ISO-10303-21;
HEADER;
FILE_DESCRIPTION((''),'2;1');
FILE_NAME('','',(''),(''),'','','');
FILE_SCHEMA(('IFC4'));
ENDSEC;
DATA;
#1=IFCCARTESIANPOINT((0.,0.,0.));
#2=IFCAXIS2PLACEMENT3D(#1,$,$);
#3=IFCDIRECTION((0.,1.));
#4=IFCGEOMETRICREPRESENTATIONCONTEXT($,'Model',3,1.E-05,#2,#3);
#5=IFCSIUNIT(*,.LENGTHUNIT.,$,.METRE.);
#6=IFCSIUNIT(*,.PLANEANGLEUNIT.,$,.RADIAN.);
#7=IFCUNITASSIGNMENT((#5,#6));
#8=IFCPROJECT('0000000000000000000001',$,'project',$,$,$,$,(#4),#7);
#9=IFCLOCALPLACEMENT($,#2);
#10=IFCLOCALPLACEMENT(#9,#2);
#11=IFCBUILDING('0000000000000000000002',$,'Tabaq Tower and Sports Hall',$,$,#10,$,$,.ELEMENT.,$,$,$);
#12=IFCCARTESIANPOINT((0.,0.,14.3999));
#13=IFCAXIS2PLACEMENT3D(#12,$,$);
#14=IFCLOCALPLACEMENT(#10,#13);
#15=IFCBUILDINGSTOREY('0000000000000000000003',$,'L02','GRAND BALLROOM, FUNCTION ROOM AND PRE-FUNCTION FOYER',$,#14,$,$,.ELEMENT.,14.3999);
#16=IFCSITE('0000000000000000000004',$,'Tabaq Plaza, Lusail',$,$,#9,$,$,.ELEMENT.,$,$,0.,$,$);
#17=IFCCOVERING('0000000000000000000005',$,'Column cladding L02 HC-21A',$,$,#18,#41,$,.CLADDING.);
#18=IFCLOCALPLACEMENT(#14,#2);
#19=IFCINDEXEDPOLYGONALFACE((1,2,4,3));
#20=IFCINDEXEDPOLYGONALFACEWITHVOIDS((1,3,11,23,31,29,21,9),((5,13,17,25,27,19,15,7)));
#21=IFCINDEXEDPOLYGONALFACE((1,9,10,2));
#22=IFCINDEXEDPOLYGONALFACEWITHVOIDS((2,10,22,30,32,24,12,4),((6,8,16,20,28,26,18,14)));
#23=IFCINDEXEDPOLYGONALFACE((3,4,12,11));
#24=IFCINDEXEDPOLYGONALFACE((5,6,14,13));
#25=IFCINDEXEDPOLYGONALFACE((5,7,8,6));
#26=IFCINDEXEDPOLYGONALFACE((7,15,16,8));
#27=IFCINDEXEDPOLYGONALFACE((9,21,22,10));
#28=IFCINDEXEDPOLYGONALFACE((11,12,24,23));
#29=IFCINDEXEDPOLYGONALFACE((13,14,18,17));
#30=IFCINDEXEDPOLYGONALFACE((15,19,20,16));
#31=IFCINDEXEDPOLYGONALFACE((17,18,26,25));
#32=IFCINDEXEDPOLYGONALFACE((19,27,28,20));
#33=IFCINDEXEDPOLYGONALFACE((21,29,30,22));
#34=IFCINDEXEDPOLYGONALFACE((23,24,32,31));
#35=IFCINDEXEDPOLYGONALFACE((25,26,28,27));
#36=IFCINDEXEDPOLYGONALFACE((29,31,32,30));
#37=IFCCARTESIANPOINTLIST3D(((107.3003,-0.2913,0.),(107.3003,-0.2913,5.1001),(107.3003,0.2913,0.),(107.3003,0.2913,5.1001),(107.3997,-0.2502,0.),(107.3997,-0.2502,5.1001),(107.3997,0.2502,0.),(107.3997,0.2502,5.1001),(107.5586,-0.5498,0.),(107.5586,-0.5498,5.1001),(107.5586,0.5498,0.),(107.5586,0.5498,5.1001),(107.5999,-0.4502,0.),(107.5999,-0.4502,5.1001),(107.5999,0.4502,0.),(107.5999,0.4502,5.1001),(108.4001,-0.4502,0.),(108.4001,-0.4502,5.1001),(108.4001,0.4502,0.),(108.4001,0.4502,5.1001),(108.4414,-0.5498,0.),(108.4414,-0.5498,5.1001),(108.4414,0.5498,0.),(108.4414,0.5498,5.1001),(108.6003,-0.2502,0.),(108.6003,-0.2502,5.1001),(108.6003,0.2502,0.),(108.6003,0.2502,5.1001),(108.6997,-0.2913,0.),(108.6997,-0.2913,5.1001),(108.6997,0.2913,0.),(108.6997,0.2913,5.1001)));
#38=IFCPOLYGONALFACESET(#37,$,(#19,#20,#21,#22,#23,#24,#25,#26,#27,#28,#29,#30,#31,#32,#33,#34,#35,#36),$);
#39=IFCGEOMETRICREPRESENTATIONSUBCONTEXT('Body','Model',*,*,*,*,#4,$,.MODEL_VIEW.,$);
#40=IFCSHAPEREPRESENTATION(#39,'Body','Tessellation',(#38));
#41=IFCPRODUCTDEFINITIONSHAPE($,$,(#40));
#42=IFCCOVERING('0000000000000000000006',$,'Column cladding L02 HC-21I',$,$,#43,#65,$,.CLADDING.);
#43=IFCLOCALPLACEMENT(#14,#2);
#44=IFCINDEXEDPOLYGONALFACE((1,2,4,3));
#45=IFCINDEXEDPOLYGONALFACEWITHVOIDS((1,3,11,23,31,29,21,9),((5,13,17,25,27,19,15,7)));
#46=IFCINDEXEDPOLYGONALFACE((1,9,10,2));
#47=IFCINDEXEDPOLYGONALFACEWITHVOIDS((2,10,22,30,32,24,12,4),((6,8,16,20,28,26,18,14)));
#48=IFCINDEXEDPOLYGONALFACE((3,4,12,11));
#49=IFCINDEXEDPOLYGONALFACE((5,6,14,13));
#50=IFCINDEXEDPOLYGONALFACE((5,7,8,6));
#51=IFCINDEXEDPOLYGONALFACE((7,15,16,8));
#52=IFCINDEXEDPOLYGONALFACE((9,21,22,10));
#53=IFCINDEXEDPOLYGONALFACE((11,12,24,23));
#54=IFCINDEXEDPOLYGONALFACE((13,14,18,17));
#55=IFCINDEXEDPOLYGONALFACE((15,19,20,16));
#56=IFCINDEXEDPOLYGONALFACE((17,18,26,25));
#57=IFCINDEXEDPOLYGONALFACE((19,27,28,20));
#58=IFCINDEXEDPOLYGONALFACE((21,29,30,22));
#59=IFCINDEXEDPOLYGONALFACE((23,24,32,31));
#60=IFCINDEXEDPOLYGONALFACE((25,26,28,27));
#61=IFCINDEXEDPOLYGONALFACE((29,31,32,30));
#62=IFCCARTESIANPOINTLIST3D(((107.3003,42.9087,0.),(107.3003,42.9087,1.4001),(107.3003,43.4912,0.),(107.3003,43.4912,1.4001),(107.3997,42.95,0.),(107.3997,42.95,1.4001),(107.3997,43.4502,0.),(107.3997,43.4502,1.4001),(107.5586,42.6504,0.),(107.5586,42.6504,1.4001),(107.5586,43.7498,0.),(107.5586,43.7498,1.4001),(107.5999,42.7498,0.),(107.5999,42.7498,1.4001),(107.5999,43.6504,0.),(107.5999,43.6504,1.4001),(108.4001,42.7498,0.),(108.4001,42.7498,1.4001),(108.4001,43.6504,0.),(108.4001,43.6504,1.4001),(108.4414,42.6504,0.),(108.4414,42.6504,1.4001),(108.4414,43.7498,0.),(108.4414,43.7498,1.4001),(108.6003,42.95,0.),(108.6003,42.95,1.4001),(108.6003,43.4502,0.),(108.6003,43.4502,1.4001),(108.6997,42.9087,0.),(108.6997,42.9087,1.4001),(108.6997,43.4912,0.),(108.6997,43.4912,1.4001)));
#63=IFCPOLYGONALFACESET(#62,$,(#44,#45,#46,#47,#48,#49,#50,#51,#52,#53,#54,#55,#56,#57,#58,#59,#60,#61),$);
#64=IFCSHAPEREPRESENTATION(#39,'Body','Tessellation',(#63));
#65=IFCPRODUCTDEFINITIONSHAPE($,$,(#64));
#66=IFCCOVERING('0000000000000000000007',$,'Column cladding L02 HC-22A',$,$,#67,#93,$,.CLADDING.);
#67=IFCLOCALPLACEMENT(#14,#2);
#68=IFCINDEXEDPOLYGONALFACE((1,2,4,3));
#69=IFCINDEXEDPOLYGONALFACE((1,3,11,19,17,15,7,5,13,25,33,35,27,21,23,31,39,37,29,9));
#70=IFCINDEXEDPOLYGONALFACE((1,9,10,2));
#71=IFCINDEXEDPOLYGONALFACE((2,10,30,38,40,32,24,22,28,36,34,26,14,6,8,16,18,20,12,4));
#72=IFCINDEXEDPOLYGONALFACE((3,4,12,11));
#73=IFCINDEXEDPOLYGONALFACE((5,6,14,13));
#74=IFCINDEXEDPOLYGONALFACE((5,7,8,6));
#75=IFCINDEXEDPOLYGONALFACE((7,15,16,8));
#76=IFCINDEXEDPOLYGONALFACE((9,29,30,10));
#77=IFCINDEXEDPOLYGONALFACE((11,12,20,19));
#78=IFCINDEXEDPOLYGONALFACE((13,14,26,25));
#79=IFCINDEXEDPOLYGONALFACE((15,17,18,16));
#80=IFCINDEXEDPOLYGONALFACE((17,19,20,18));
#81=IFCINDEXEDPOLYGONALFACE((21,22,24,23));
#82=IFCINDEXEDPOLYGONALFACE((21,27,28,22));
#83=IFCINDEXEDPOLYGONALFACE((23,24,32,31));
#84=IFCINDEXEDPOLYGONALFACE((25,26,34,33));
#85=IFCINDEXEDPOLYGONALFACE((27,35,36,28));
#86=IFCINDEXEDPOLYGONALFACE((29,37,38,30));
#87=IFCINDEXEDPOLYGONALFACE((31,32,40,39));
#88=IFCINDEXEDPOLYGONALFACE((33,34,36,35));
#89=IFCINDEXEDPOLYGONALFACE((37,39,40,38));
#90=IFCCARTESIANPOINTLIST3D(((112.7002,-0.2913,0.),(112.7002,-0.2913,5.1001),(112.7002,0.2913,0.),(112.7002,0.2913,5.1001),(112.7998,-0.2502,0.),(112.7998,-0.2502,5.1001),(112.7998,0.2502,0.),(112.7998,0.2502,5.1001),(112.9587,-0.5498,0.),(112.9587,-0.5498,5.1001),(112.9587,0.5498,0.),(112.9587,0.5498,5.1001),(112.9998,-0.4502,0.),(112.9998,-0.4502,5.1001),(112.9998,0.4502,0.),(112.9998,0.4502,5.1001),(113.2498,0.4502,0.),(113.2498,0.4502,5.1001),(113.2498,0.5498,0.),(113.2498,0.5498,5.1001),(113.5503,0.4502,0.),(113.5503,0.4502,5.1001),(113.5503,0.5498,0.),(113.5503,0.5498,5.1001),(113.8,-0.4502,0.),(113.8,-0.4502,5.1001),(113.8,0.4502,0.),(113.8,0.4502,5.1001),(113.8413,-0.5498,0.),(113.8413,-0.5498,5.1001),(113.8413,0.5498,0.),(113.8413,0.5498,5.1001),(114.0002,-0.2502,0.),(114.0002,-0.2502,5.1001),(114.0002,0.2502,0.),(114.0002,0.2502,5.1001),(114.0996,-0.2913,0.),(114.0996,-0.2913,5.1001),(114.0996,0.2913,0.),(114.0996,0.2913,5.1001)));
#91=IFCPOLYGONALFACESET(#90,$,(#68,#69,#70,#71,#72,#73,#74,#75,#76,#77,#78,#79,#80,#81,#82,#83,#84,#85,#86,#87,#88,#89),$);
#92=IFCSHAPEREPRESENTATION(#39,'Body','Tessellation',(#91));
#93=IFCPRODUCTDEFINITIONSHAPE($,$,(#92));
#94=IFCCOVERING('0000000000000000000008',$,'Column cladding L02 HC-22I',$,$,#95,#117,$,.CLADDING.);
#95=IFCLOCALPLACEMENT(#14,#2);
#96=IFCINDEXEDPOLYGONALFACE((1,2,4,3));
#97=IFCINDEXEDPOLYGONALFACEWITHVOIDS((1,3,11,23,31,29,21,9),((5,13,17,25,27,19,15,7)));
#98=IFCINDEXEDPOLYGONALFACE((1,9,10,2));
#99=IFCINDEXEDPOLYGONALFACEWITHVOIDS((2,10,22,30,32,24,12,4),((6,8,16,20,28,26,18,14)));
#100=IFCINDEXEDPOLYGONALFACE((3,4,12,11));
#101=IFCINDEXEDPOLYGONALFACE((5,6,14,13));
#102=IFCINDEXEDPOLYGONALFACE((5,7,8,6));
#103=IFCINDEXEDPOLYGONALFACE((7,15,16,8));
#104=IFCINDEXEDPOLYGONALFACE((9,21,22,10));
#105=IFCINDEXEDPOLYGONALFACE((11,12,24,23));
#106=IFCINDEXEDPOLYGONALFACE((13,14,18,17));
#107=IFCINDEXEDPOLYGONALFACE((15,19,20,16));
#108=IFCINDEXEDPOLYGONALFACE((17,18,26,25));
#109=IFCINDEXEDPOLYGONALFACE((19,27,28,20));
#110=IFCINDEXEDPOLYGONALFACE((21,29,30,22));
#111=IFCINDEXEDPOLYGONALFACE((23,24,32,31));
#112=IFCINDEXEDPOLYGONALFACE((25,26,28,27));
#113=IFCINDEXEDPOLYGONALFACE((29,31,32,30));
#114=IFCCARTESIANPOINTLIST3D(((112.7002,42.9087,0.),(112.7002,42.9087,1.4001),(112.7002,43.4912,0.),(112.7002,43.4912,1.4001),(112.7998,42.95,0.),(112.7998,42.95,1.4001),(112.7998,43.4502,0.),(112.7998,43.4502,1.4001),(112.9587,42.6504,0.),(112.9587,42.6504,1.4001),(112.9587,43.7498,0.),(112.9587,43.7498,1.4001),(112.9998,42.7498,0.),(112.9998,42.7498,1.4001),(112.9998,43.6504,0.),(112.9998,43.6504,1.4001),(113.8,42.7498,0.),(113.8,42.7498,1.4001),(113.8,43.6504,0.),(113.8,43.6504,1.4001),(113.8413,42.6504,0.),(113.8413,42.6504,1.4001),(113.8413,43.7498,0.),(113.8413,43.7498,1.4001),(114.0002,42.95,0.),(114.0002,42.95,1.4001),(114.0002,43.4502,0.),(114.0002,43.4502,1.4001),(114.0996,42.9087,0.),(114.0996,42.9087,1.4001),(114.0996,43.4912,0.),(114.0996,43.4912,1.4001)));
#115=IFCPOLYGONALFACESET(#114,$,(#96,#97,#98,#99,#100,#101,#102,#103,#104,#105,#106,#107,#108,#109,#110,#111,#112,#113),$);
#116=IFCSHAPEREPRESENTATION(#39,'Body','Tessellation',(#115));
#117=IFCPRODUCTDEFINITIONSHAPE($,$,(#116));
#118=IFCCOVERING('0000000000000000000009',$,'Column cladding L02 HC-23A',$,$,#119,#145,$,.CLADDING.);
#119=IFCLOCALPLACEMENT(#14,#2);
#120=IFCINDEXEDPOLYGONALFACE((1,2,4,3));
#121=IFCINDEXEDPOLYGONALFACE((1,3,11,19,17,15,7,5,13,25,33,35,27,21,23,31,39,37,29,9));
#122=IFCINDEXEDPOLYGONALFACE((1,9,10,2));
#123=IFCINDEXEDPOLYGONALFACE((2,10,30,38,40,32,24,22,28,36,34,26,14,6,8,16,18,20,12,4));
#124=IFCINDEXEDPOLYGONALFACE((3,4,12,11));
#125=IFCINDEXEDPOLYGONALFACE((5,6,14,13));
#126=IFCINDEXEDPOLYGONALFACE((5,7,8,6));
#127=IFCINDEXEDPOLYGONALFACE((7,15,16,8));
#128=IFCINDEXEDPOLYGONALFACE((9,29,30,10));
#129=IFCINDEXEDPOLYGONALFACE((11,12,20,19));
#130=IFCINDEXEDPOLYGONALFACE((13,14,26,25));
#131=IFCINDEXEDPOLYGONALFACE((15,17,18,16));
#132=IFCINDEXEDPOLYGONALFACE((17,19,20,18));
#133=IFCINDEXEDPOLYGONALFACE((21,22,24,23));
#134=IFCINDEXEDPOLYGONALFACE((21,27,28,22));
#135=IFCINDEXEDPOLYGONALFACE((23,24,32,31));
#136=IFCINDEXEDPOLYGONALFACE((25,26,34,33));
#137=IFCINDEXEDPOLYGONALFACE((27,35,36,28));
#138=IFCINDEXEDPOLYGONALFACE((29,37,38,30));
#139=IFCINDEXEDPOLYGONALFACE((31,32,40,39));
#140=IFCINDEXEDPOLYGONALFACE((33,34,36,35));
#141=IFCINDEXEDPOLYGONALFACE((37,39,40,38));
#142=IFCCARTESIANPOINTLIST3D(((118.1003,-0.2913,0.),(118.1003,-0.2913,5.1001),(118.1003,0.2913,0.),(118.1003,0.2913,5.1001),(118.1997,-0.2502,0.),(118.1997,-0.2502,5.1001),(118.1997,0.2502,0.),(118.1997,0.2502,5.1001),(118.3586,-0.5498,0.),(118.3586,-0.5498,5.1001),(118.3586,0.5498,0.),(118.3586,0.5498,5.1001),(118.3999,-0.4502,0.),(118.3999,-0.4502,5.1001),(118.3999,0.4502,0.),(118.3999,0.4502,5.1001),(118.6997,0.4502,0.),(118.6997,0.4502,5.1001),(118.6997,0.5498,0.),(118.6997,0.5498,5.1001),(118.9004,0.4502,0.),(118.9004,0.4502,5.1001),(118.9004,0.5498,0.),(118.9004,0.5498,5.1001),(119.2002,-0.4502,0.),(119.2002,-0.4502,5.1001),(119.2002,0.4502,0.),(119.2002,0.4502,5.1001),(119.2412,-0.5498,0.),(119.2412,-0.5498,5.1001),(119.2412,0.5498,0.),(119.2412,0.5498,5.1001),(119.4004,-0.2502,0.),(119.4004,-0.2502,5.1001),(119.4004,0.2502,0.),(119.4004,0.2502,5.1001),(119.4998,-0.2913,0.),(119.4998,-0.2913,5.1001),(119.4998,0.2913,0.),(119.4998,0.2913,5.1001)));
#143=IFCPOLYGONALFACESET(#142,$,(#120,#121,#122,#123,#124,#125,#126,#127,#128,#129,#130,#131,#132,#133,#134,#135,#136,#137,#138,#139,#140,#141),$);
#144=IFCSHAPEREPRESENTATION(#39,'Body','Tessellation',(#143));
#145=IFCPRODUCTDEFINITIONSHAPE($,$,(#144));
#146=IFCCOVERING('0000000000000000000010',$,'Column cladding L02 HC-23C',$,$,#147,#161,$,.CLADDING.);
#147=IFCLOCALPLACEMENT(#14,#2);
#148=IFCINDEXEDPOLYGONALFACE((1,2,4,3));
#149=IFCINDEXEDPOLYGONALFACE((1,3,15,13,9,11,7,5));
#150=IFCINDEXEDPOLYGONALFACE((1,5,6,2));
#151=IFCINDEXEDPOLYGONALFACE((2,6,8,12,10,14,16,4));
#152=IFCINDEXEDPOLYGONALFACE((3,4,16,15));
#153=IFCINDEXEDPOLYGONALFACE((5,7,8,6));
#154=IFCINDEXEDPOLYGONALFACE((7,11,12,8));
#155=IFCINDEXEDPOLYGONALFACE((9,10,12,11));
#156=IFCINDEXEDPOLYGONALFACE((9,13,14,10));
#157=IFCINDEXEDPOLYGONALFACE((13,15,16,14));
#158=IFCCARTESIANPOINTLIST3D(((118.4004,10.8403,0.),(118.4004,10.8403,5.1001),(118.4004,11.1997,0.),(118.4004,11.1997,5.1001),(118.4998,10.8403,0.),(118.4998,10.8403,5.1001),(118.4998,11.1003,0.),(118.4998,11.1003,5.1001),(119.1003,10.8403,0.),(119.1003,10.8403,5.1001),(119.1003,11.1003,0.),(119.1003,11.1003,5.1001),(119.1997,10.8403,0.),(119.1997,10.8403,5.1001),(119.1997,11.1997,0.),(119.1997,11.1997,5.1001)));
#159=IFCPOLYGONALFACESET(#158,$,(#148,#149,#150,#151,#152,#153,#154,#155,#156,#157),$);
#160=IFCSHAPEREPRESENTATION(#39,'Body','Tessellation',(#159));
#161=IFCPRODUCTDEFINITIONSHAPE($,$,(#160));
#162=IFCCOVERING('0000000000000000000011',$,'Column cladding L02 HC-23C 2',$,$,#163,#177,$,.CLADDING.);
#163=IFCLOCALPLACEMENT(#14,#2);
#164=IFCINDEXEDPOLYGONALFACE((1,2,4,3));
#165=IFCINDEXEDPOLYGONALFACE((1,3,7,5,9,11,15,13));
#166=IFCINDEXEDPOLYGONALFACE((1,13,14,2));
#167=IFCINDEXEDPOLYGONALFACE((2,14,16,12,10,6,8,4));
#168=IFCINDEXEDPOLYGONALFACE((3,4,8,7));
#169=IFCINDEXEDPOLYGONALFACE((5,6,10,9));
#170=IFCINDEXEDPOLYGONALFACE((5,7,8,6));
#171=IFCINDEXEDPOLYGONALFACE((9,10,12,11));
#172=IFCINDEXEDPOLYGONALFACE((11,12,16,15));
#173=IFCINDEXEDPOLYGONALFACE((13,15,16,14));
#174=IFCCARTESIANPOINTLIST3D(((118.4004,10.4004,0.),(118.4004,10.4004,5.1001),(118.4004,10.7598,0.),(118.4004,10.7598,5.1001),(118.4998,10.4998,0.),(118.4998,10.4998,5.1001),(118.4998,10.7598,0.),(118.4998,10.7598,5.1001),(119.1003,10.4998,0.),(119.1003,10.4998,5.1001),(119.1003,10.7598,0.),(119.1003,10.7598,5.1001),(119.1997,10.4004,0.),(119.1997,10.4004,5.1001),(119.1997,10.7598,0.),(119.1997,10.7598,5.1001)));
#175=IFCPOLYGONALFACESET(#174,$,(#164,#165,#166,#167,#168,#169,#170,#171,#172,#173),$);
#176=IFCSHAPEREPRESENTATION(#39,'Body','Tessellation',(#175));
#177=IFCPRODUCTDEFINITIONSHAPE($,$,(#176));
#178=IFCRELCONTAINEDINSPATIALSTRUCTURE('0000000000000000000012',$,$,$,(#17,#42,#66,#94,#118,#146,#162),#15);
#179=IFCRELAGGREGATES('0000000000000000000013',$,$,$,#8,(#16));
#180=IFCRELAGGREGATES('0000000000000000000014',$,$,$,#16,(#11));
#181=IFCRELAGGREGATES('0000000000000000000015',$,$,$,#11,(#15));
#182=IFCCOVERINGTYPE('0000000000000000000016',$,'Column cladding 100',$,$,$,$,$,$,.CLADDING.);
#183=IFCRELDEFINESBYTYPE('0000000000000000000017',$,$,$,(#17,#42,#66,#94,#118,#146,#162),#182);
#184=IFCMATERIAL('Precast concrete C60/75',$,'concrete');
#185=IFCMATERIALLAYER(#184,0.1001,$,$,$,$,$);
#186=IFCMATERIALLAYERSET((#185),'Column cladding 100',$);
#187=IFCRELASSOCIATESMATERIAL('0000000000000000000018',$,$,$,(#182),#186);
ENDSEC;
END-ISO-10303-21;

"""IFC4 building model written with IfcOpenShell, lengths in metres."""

from ifc_helpers import new_model, si_unit, direction, frame, origin, place, context, subcontext, project, spatial, polyline, outline, extrude, material, layer, layer_set, type_object, element, save


model = new_model("IFC4")

# Units and contexts
model_context = context("Model", 3, precision=1e-05, world=origin(), true_north=direction((0.0, 1.0)))
body_context = subcontext(model_context, "Body", "Model", "MODEL_VIEW")
ifc_project = project(units=[si_unit("LENGTHUNIT", "METRE"), si_unit("PLANEANGLEUNIT", "RADIAN")], contexts=[model_context])

# Site, building, storey
site_placement = place(None, origin())
site = spatial("IfcSite", under=ifc_project, at=site_placement, Name="Tabaq Plaza, Lusail", CompositionType="ELEMENT", RefElevation=0.0)
building_placement = place(site_placement, origin())
building = spatial("IfcBuilding", under=site, at=building_placement, Name="Tabaq Tower and Sports Hall", CompositionType="ELEMENT")
storey_placement = place(building_placement, frame((0.0, 0.0, 14.3999)))
storey = spatial("IfcBuildingStorey", under=building, at=storey_placement, Name="L02", Description="GRAND BALLROOM, FUNCTION ROOM AND PRE-FUNCTION FOYER", CompositionType="ELEMENT", Elevation=14.3999)

# Coverings
ifc_material = material(Name="Precast concrete C60/75", Category="concrete")
ifc_layer = layer(ifc_material, 0.1001)
ifc_layer_set = layer_set([ifc_layer], Name="Column cladding 100")
covering_type = type_object("IfcCoveringType", Name="Column cladding 100", PredefinedType="CLADDING", material=ifc_layer_set)
covering_1_placement = place(storey_placement, origin())
element("IfcCovering", 1, at=covering_1_placement, inside=storey, type_object=covering_type, Name="Column cladding L02 HC-21A", PredefinedType="CLADDING", context=body_context, shape_type="SweptSolid", body=[
    extrude(outline(polyline([(107.3003, -0.2913), (107.3003, 0.2913), (107.5586, 0.5498), (108.4414, 0.5498), (108.6997, 0.2913), (108.6997, -0.2913), (108.4414, -0.5498), (107.5586, -0.5498), (107.3003, -0.2913)]), holes=[polyline([(108.4001, -0.4502), (108.6003, -0.2502), (108.6003, 0.2502), (108.4001, 0.4502), (107.5999, 0.4502), (107.3997, 0.2502), (107.3997, -0.2502), (107.5999, -0.4502), (108.4001, -0.4502)])]), origin(), (0.0, 0.0, 1.0), 5.1001),
])
covering_2_placement = place(storey_placement, origin())
element("IfcCovering", 2, at=covering_2_placement, inside=storey, type_object=covering_type, Name="Column cladding L02 HC-21I", PredefinedType="CLADDING", context=body_context, shape_type="SweptSolid", body=[
    extrude(outline(polyline([(107.3003, 42.9087), (107.3003, 43.4912), (107.5586, 43.7498), (108.4414, 43.7498), (108.6997, 43.4912), (108.6997, 42.9087), (108.4414, 42.6504), (107.5586, 42.6504), (107.3003, 42.9087)]), holes=[polyline([(108.4001, 42.7498), (108.6003, 42.95), (108.6003, 43.4502), (108.4001, 43.6504), (107.5999, 43.6504), (107.3997, 43.4502), (107.3997, 42.95), (107.5999, 42.7498), (108.4001, 42.7498)])]), origin(), (0.0, 0.0, 1.0), 1.4001),
])
covering_3_placement = place(storey_placement, origin())
element("IfcCovering", 3, at=covering_3_placement, inside=storey, type_object=covering_type, Name="Column cladding L02 HC-22A", PredefinedType="CLADDING", context=body_context, shape_type="SweptSolid", body=[
    extrude(outline(polyline([(112.7002, 0.2913), (112.9587, 0.5498), (113.2498, 0.5498), (113.2498, 0.4502), (112.9998, 0.4502), (112.7998, 0.2502), (112.7998, -0.2502), (112.9998, -0.4502), (113.8, -0.4502), (114.0002, -0.2502), (114.0002, 0.2502), (113.8, 0.4502), (113.5503, 0.4502), (113.5503, 0.5498), (113.8413, 0.5498), (114.0996, 0.2913), (114.0996, -0.2913), (113.8413, -0.5498), (112.9587, -0.5498), (112.7002, -0.2913), (112.7002, 0.2913)])), origin(), (0.0, 0.0, 1.0), 5.1001),
])
covering_4_placement = place(storey_placement, origin())
element("IfcCovering", 4, at=covering_4_placement, inside=storey, type_object=covering_type, Name="Column cladding L02 HC-22I", PredefinedType="CLADDING", context=body_context, shape_type="SweptSolid", body=[
    extrude(outline(polyline([(112.7002, 42.9087), (112.7002, 43.4912), (112.9587, 43.7498), (113.8413, 43.7498), (114.0996, 43.4912), (114.0996, 42.9087), (113.8413, 42.6504), (112.9587, 42.6504), (112.7002, 42.9087)]), holes=[polyline([(113.8, 42.7498), (114.0002, 42.95), (114.0002, 43.4502), (113.8, 43.6504), (112.9998, 43.6504), (112.7998, 43.4502), (112.7998, 42.95), (112.9998, 42.7498), (113.8, 42.7498)])]), origin(), (0.0, 0.0, 1.0), 1.4001),
])
covering_5_placement = place(storey_placement, origin())
element("IfcCovering", 5, at=covering_5_placement, inside=storey, type_object=covering_type, Name="Column cladding L02 HC-23A", PredefinedType="CLADDING", context=body_context, shape_type="SweptSolid", body=[
    extrude(outline(polyline([(118.1003, 0.2913), (118.3586, 0.5498), (118.6997, 0.5498), (118.6997, 0.4502), (118.3999, 0.4502), (118.1997, 0.2502), (118.1997, -0.2502), (118.3999, -0.4502), (119.2002, -0.4502), (119.4004, -0.2502), (119.4004, 0.2502), (119.2002, 0.4502), (118.9004, 0.4502), (118.9004, 0.5498), (119.2412, 0.5498), (119.4998, 0.2913), (119.4998, -0.2913), (119.2412, -0.5498), (118.3586, -0.5498), (118.1003, -0.2913), (118.1003, 0.2913)])), origin(), (0.0, 0.0, 1.0), 5.1001),
])
covering_6_placement = place(storey_placement, origin())
element("IfcCovering", 6, at=covering_6_placement, inside=storey, type_object=covering_type, Name="Column cladding L02 HC-23C", PredefinedType="CLADDING", context=body_context, shape_type="SweptSolid", body=[
    extrude(outline(polyline([(119.1997, 11.1997), (119.1997, 10.8403), (119.1003, 10.8403), (119.1003, 11.1003), (118.4998, 11.1003), (118.4998, 10.8403), (118.4004, 10.8403), (118.4004, 11.1997), (119.1997, 11.1997)])), origin(), (0.0, 0.0, 1.0), 5.1001),
])
covering_7_placement = place(storey_placement, origin())
element("IfcCovering", 7, at=covering_7_placement, inside=storey, type_object=covering_type, Name="Column cladding L02 HC-23C 2", PredefinedType="CLADDING", context=body_context, shape_type="SweptSolid", body=[
    extrude(outline(polyline([(119.1997, 10.4004), (118.4004, 10.4004), (118.4004, 10.7598), (118.4998, 10.7598), (118.4998, 10.4998), (119.1003, 10.4998), (119.1003, 10.7598), (119.1997, 10.7598), (119.1997, 10.4004)])), origin(), (0.0, 0.0, 1.0), 5.1001),
])

save(model, "model.ifc")
